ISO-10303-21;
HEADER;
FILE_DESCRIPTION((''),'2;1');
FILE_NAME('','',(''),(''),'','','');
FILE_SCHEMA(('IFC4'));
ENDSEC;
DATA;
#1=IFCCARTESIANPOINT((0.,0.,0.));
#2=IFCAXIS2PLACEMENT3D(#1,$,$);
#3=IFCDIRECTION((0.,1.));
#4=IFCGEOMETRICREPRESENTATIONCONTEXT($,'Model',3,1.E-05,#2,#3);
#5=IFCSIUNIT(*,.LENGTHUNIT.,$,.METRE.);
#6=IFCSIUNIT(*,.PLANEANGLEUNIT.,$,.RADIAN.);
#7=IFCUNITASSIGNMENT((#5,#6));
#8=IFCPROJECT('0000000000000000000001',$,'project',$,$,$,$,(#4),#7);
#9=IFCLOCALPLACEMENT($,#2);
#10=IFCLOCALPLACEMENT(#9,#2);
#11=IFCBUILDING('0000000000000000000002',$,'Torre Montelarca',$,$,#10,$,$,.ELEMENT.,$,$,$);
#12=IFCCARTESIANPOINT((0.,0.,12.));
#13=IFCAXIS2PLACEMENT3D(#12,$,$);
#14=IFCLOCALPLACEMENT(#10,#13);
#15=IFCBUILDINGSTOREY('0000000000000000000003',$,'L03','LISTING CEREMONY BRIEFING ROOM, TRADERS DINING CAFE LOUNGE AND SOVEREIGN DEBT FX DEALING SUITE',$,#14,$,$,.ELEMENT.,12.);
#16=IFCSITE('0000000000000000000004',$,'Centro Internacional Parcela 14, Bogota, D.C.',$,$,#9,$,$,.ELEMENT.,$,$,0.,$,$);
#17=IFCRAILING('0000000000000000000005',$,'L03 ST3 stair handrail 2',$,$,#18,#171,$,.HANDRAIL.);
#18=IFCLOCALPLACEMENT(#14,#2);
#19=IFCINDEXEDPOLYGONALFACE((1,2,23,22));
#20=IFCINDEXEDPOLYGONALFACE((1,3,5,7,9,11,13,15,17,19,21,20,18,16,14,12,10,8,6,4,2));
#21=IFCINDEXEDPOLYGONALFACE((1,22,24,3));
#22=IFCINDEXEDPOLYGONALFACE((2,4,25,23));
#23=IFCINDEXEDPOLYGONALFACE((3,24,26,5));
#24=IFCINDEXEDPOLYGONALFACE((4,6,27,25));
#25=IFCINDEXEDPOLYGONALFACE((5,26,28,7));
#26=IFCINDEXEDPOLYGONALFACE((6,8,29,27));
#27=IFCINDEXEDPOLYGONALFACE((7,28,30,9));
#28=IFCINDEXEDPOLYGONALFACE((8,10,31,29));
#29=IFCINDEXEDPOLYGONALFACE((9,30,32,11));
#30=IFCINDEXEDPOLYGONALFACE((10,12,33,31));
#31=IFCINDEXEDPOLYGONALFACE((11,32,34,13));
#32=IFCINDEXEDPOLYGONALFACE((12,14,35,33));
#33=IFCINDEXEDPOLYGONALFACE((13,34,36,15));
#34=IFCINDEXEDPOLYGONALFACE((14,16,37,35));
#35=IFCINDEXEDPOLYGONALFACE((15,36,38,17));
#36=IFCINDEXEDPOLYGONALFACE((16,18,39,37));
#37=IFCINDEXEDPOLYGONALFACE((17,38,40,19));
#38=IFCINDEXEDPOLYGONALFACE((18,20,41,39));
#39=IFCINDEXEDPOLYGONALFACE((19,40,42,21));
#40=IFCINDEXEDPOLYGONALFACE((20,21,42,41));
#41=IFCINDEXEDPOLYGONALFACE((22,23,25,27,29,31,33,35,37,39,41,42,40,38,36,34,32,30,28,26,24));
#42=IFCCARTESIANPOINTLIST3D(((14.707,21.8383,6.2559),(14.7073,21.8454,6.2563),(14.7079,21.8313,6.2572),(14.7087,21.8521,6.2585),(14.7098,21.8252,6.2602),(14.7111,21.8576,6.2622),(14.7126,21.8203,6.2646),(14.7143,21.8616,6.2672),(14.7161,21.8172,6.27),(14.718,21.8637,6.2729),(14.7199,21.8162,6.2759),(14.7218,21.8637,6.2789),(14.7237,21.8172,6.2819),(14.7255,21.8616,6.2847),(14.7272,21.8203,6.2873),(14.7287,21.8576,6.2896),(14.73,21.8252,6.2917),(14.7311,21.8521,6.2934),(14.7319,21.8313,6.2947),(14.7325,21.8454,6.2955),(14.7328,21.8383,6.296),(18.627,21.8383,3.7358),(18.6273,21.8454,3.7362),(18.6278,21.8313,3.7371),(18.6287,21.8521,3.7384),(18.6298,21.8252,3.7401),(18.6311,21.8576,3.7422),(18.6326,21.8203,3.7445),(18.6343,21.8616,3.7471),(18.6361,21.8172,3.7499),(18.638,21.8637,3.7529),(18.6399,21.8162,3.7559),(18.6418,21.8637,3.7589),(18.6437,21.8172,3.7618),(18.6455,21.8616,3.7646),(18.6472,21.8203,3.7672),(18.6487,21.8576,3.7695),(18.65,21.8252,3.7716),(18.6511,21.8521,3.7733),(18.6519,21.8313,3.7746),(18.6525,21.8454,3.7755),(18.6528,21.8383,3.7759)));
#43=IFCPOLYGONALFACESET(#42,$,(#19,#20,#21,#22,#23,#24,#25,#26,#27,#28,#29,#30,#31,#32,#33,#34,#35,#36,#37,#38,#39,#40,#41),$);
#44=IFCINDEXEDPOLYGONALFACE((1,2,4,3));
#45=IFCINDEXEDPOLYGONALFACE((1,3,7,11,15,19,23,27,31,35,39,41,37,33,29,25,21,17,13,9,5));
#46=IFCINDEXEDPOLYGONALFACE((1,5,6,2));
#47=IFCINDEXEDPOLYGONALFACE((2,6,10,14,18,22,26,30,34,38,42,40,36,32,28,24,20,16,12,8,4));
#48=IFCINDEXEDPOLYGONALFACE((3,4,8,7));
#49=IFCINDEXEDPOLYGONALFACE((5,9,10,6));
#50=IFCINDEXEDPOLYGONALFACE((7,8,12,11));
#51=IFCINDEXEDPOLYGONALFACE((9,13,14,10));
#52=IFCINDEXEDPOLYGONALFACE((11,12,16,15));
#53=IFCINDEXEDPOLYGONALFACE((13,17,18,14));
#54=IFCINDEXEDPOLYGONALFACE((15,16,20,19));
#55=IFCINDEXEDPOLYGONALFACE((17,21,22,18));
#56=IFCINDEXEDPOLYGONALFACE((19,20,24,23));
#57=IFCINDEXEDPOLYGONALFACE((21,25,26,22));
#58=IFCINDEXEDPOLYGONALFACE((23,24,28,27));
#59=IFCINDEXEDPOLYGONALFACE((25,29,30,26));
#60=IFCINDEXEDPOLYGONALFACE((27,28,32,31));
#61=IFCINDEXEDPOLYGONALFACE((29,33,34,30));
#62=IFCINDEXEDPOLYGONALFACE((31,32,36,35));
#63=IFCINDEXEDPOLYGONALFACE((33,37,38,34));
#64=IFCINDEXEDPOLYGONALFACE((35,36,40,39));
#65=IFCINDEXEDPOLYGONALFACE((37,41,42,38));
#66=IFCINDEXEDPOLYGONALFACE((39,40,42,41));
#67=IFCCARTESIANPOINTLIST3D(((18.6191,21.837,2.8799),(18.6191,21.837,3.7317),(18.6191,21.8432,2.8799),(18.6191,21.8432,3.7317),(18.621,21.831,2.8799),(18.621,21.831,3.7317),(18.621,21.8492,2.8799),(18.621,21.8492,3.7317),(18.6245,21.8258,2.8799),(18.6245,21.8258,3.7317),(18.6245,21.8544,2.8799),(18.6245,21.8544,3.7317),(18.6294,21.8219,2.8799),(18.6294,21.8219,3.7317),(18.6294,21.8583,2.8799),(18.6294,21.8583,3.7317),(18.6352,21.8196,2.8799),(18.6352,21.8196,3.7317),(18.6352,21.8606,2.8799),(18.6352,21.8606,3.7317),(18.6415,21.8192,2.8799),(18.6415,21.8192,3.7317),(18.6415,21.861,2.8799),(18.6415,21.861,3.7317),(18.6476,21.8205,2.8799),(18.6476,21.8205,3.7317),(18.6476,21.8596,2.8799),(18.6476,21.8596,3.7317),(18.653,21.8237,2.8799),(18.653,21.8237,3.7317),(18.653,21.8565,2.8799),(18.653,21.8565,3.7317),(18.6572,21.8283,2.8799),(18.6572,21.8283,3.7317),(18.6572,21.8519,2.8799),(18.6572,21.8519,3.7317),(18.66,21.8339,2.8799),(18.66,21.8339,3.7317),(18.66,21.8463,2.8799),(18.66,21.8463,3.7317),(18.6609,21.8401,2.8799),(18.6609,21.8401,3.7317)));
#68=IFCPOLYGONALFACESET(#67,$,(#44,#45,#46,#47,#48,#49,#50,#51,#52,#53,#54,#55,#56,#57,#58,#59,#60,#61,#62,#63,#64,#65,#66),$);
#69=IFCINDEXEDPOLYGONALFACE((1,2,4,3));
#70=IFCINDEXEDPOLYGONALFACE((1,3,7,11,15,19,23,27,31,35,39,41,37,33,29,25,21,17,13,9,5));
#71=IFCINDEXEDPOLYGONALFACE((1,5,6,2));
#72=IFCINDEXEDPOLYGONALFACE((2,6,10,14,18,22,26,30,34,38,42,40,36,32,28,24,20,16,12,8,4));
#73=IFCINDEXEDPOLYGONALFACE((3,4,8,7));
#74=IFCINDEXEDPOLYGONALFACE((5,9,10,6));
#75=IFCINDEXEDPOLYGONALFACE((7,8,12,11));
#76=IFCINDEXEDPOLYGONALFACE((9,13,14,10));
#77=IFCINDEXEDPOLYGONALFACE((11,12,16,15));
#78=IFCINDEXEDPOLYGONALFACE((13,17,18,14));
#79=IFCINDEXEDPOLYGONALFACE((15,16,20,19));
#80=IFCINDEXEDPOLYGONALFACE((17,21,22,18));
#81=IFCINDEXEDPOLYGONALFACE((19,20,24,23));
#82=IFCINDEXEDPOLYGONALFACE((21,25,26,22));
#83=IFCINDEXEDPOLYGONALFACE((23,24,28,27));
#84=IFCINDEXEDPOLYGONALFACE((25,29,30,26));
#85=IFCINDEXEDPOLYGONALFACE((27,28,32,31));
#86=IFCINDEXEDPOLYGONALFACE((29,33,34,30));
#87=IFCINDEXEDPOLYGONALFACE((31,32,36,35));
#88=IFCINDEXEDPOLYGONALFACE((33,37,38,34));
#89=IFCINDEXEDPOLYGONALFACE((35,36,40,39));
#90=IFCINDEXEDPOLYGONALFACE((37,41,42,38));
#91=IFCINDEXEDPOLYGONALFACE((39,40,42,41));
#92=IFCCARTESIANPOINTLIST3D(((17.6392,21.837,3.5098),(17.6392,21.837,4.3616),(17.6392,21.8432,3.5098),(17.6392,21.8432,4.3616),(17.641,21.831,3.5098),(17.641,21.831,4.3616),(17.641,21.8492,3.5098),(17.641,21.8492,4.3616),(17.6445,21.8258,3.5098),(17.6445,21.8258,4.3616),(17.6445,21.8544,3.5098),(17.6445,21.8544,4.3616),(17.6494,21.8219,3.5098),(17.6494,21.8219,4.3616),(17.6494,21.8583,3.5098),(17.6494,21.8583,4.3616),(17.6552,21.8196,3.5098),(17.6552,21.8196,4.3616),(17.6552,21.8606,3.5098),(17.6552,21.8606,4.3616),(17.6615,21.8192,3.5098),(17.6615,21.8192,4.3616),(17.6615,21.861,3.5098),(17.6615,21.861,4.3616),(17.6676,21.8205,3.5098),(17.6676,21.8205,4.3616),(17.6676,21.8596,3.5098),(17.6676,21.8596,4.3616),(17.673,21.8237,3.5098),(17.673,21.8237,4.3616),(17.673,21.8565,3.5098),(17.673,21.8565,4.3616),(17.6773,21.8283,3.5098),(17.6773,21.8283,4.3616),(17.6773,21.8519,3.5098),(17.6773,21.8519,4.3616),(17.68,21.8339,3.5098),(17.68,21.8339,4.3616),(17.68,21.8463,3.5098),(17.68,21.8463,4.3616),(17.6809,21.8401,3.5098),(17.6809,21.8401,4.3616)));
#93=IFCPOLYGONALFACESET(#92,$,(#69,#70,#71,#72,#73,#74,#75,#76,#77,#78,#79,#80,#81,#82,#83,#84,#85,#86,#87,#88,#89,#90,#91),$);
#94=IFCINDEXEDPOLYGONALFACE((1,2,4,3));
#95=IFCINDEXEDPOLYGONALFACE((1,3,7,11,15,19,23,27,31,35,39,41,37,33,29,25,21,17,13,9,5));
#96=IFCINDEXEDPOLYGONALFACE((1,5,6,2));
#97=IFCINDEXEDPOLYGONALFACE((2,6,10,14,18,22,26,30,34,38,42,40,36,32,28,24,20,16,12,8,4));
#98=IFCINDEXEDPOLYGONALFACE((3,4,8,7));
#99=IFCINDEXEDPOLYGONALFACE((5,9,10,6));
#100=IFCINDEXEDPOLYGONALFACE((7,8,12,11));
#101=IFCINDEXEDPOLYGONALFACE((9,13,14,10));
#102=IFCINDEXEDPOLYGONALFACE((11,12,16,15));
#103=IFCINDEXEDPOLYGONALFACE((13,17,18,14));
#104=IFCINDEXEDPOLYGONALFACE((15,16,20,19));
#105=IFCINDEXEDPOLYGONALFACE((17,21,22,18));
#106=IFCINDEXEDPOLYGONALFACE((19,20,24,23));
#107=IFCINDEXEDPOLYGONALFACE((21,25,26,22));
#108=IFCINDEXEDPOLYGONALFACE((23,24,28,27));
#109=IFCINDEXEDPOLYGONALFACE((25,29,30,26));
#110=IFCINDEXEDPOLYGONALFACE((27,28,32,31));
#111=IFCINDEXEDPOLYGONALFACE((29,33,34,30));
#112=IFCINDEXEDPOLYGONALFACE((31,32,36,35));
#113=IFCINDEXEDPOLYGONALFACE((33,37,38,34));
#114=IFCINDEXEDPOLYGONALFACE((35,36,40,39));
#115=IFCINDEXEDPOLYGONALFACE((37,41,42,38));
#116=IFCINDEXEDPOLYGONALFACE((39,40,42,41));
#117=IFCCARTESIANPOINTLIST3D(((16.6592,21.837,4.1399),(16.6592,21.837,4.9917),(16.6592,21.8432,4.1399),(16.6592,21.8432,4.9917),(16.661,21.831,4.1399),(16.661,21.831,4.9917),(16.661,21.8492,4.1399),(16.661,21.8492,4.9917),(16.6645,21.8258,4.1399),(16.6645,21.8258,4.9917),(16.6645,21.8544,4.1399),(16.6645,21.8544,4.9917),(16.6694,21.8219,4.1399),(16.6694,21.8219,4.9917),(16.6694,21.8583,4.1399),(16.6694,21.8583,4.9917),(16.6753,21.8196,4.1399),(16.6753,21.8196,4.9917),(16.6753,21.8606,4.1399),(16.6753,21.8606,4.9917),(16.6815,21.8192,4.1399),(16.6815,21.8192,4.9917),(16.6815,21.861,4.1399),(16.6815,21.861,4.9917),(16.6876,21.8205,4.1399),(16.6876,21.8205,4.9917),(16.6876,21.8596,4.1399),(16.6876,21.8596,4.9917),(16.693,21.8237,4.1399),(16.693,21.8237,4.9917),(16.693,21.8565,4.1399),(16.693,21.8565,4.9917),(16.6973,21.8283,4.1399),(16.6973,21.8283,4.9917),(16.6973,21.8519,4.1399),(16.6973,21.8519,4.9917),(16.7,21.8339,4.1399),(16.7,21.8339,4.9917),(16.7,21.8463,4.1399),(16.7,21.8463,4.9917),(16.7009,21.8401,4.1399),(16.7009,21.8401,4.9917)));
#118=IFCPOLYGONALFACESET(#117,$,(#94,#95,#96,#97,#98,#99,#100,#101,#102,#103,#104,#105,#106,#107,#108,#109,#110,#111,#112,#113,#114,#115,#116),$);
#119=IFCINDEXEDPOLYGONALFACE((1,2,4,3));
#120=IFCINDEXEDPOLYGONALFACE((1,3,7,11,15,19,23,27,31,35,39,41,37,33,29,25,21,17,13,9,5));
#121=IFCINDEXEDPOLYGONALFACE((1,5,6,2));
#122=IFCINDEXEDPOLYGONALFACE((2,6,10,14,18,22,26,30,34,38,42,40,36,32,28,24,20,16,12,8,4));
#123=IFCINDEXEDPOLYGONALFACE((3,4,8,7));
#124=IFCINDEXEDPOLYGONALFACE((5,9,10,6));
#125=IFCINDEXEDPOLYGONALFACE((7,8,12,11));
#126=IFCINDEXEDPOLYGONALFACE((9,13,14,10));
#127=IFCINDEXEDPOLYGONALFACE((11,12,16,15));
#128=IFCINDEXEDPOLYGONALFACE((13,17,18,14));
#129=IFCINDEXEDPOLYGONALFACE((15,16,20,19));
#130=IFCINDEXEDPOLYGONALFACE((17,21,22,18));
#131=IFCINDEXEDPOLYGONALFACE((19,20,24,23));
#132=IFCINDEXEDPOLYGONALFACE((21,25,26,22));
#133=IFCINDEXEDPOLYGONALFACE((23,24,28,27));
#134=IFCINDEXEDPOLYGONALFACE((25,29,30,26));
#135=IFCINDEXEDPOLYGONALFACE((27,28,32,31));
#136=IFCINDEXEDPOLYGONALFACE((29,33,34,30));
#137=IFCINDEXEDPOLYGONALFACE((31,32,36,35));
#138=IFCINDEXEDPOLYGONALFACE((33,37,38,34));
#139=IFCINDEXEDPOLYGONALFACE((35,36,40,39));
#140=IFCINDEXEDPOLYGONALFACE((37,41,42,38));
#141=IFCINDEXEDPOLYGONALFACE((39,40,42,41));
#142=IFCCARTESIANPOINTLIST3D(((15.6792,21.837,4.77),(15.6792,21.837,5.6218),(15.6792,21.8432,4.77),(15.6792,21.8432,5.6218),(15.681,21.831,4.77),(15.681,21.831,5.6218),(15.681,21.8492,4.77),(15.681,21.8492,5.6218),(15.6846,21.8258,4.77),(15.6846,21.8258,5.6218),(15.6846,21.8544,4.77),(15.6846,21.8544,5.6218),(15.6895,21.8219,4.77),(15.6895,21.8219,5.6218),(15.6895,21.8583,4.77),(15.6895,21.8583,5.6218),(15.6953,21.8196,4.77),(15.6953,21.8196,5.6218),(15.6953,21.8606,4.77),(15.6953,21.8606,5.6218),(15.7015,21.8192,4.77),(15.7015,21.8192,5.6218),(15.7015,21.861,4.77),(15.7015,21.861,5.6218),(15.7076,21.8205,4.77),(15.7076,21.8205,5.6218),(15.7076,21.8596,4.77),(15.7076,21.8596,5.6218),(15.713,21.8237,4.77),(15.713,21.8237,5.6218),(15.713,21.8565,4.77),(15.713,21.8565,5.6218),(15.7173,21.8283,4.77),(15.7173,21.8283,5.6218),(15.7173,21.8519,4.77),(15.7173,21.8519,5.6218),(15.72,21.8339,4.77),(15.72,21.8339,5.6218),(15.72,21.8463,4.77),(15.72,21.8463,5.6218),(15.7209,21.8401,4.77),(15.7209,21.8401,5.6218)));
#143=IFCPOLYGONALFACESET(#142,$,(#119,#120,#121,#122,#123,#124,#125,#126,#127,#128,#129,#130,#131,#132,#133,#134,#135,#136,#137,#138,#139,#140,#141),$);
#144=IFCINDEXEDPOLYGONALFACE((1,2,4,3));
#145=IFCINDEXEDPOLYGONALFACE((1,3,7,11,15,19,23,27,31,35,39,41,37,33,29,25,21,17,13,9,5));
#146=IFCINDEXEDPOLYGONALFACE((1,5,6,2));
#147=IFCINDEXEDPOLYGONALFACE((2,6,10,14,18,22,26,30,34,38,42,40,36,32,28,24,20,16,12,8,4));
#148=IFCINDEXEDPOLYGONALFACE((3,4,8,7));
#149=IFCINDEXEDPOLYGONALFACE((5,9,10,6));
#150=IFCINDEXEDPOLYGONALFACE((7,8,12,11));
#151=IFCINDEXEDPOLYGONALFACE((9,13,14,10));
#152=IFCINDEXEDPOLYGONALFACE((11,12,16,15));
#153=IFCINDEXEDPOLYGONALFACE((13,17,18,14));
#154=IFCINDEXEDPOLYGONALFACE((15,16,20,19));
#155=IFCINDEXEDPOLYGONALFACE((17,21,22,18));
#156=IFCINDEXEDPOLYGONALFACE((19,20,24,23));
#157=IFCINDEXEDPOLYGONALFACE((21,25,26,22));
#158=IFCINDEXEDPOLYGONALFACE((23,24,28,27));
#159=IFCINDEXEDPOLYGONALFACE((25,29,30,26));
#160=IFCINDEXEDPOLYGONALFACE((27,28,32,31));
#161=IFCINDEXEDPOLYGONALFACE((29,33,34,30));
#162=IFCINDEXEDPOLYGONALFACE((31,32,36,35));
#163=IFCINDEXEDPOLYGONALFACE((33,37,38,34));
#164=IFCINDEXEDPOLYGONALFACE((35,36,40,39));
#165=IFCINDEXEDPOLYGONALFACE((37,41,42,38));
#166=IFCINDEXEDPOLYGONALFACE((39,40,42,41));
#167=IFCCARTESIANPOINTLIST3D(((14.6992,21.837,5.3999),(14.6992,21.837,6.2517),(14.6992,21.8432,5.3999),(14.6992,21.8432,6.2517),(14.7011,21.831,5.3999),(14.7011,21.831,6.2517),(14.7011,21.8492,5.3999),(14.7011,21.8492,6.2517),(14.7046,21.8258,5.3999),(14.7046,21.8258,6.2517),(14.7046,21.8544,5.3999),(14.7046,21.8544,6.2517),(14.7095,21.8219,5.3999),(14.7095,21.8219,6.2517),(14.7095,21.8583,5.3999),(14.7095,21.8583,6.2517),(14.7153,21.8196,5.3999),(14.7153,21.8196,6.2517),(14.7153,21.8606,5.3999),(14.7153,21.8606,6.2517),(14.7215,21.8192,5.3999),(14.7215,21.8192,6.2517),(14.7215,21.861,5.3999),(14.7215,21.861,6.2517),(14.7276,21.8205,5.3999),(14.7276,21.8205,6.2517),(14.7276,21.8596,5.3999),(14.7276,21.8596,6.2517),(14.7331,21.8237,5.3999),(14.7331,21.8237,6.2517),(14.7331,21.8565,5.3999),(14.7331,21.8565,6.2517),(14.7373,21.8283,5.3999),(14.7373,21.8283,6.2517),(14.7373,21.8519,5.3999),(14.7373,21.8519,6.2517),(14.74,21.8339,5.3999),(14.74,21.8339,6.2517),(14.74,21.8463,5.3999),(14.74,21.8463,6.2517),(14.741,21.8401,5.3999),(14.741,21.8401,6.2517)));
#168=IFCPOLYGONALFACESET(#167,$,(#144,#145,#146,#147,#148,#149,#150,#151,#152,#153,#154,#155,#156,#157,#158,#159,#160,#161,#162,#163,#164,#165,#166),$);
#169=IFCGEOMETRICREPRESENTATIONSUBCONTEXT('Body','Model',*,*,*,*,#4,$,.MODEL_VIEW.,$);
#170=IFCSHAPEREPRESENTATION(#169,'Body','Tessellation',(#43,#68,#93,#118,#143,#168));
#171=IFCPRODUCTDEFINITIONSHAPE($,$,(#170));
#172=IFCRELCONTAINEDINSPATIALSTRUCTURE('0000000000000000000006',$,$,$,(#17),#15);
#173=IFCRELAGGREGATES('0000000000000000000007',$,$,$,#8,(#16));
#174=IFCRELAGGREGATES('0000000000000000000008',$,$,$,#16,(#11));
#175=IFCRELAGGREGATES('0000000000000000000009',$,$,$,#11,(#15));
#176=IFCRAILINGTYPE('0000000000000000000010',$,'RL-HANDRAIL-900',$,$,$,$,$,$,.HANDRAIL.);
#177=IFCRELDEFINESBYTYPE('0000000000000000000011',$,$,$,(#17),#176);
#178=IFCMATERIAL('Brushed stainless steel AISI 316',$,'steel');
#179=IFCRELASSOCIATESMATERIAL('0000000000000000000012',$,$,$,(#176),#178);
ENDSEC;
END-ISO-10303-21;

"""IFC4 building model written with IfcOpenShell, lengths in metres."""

from ifc_helpers import new_model, si_unit, direction, frame, origin, origin_2d, place, context, subcontext, project, spatial, circle, extrude, material, type_object, element, save


model = new_model("IFC4")

# Units and contexts
model_context = context("Model", 3, precision=1e-05, world=origin(), true_north=direction((0.0, 1.0)))
body_context = subcontext(model_context, "Body", "Model", "MODEL_VIEW")
ifc_project = project(units=[si_unit("LENGTHUNIT", "METRE"), si_unit("PLANEANGLEUNIT", "RADIAN")], contexts=[model_context])

# Site, building, storey
site_placement = place(None, origin())
site = spatial("IfcSite", under=ifc_project, at=site_placement, Name="Centro Internacional Parcela 14, Bogota, D.C.", CompositionType="ELEMENT", RefElevation=0.0)
building_placement = place(site_placement, origin())
building = spatial("IfcBuilding", under=site, at=building_placement, Name="Torre Montelarca", CompositionType="ELEMENT")
storey_placement = place(building_placement, frame((0.0, 0.0, 12.0)))
storey = spatial("IfcBuildingStorey", under=building, at=storey_placement, Name="L03", Description="LISTING CEREMONY BRIEFING ROOM, TRADERS DINING CAFE LOUNGE AND SOVEREIGN DEBT FX DEALING SUITE", CompositionType="ELEMENT", Elevation=12.0)

# Railing
ifc_material_1 = material(Name="Brushed stainless steel AISI 316", Category="steel")
railing_type_1 = type_object("IfcRailingType", Name="RL-HANDRAIL-900", PredefinedType="HANDRAIL", material=ifc_material_1)
railing_1_placement = place(storey_placement, frame((18.6399, 21.8401, 2.8799)))
element("IfcRailing", 1, at=railing_1_placement, inside=storey, type_object=railing_type_1, Name="L03 ST3 stair handrail 2", PredefinedType="HANDRAIL", context=body_context, shape_type="SweptSolid", body=[
    extrude(circle(Radius=0.0239, at=origin_2d()), frame((0.0, 0.0, 0.876), z_axis=(-0.841172, 0.0, 0.540768), x_axis=(0.0, -1.0, 0.0)), (0.0, 0.0, 1.0), 4.6602),
    extrude(circle(Radius=0.021, at=origin_2d()), origin(), (0.0, 0.0, 1.0), 0.8518),
    extrude(circle(Radius=0.021, at=origin_2d()), frame((-0.98, 0.0, 0.6299)), (0.0, 0.0, 1.0), 0.8518),
    extrude(circle(Radius=0.021, at=origin_2d()), frame((-1.96, 0.0, 1.26)), (0.0, 0.0, 1.0), 0.8518),
    extrude(circle(Radius=0.021, at=origin_2d()), frame((-2.9399, 0.0, 1.8901)), (0.0, 0.0, 1.0), 0.8518),
    extrude(circle(Radius=0.021, at=origin_2d()), frame((-3.9199, 0.0, 2.52)), (0.0, 0.0, 1.0), 0.8518),
])

save(model, "model.ifc")
